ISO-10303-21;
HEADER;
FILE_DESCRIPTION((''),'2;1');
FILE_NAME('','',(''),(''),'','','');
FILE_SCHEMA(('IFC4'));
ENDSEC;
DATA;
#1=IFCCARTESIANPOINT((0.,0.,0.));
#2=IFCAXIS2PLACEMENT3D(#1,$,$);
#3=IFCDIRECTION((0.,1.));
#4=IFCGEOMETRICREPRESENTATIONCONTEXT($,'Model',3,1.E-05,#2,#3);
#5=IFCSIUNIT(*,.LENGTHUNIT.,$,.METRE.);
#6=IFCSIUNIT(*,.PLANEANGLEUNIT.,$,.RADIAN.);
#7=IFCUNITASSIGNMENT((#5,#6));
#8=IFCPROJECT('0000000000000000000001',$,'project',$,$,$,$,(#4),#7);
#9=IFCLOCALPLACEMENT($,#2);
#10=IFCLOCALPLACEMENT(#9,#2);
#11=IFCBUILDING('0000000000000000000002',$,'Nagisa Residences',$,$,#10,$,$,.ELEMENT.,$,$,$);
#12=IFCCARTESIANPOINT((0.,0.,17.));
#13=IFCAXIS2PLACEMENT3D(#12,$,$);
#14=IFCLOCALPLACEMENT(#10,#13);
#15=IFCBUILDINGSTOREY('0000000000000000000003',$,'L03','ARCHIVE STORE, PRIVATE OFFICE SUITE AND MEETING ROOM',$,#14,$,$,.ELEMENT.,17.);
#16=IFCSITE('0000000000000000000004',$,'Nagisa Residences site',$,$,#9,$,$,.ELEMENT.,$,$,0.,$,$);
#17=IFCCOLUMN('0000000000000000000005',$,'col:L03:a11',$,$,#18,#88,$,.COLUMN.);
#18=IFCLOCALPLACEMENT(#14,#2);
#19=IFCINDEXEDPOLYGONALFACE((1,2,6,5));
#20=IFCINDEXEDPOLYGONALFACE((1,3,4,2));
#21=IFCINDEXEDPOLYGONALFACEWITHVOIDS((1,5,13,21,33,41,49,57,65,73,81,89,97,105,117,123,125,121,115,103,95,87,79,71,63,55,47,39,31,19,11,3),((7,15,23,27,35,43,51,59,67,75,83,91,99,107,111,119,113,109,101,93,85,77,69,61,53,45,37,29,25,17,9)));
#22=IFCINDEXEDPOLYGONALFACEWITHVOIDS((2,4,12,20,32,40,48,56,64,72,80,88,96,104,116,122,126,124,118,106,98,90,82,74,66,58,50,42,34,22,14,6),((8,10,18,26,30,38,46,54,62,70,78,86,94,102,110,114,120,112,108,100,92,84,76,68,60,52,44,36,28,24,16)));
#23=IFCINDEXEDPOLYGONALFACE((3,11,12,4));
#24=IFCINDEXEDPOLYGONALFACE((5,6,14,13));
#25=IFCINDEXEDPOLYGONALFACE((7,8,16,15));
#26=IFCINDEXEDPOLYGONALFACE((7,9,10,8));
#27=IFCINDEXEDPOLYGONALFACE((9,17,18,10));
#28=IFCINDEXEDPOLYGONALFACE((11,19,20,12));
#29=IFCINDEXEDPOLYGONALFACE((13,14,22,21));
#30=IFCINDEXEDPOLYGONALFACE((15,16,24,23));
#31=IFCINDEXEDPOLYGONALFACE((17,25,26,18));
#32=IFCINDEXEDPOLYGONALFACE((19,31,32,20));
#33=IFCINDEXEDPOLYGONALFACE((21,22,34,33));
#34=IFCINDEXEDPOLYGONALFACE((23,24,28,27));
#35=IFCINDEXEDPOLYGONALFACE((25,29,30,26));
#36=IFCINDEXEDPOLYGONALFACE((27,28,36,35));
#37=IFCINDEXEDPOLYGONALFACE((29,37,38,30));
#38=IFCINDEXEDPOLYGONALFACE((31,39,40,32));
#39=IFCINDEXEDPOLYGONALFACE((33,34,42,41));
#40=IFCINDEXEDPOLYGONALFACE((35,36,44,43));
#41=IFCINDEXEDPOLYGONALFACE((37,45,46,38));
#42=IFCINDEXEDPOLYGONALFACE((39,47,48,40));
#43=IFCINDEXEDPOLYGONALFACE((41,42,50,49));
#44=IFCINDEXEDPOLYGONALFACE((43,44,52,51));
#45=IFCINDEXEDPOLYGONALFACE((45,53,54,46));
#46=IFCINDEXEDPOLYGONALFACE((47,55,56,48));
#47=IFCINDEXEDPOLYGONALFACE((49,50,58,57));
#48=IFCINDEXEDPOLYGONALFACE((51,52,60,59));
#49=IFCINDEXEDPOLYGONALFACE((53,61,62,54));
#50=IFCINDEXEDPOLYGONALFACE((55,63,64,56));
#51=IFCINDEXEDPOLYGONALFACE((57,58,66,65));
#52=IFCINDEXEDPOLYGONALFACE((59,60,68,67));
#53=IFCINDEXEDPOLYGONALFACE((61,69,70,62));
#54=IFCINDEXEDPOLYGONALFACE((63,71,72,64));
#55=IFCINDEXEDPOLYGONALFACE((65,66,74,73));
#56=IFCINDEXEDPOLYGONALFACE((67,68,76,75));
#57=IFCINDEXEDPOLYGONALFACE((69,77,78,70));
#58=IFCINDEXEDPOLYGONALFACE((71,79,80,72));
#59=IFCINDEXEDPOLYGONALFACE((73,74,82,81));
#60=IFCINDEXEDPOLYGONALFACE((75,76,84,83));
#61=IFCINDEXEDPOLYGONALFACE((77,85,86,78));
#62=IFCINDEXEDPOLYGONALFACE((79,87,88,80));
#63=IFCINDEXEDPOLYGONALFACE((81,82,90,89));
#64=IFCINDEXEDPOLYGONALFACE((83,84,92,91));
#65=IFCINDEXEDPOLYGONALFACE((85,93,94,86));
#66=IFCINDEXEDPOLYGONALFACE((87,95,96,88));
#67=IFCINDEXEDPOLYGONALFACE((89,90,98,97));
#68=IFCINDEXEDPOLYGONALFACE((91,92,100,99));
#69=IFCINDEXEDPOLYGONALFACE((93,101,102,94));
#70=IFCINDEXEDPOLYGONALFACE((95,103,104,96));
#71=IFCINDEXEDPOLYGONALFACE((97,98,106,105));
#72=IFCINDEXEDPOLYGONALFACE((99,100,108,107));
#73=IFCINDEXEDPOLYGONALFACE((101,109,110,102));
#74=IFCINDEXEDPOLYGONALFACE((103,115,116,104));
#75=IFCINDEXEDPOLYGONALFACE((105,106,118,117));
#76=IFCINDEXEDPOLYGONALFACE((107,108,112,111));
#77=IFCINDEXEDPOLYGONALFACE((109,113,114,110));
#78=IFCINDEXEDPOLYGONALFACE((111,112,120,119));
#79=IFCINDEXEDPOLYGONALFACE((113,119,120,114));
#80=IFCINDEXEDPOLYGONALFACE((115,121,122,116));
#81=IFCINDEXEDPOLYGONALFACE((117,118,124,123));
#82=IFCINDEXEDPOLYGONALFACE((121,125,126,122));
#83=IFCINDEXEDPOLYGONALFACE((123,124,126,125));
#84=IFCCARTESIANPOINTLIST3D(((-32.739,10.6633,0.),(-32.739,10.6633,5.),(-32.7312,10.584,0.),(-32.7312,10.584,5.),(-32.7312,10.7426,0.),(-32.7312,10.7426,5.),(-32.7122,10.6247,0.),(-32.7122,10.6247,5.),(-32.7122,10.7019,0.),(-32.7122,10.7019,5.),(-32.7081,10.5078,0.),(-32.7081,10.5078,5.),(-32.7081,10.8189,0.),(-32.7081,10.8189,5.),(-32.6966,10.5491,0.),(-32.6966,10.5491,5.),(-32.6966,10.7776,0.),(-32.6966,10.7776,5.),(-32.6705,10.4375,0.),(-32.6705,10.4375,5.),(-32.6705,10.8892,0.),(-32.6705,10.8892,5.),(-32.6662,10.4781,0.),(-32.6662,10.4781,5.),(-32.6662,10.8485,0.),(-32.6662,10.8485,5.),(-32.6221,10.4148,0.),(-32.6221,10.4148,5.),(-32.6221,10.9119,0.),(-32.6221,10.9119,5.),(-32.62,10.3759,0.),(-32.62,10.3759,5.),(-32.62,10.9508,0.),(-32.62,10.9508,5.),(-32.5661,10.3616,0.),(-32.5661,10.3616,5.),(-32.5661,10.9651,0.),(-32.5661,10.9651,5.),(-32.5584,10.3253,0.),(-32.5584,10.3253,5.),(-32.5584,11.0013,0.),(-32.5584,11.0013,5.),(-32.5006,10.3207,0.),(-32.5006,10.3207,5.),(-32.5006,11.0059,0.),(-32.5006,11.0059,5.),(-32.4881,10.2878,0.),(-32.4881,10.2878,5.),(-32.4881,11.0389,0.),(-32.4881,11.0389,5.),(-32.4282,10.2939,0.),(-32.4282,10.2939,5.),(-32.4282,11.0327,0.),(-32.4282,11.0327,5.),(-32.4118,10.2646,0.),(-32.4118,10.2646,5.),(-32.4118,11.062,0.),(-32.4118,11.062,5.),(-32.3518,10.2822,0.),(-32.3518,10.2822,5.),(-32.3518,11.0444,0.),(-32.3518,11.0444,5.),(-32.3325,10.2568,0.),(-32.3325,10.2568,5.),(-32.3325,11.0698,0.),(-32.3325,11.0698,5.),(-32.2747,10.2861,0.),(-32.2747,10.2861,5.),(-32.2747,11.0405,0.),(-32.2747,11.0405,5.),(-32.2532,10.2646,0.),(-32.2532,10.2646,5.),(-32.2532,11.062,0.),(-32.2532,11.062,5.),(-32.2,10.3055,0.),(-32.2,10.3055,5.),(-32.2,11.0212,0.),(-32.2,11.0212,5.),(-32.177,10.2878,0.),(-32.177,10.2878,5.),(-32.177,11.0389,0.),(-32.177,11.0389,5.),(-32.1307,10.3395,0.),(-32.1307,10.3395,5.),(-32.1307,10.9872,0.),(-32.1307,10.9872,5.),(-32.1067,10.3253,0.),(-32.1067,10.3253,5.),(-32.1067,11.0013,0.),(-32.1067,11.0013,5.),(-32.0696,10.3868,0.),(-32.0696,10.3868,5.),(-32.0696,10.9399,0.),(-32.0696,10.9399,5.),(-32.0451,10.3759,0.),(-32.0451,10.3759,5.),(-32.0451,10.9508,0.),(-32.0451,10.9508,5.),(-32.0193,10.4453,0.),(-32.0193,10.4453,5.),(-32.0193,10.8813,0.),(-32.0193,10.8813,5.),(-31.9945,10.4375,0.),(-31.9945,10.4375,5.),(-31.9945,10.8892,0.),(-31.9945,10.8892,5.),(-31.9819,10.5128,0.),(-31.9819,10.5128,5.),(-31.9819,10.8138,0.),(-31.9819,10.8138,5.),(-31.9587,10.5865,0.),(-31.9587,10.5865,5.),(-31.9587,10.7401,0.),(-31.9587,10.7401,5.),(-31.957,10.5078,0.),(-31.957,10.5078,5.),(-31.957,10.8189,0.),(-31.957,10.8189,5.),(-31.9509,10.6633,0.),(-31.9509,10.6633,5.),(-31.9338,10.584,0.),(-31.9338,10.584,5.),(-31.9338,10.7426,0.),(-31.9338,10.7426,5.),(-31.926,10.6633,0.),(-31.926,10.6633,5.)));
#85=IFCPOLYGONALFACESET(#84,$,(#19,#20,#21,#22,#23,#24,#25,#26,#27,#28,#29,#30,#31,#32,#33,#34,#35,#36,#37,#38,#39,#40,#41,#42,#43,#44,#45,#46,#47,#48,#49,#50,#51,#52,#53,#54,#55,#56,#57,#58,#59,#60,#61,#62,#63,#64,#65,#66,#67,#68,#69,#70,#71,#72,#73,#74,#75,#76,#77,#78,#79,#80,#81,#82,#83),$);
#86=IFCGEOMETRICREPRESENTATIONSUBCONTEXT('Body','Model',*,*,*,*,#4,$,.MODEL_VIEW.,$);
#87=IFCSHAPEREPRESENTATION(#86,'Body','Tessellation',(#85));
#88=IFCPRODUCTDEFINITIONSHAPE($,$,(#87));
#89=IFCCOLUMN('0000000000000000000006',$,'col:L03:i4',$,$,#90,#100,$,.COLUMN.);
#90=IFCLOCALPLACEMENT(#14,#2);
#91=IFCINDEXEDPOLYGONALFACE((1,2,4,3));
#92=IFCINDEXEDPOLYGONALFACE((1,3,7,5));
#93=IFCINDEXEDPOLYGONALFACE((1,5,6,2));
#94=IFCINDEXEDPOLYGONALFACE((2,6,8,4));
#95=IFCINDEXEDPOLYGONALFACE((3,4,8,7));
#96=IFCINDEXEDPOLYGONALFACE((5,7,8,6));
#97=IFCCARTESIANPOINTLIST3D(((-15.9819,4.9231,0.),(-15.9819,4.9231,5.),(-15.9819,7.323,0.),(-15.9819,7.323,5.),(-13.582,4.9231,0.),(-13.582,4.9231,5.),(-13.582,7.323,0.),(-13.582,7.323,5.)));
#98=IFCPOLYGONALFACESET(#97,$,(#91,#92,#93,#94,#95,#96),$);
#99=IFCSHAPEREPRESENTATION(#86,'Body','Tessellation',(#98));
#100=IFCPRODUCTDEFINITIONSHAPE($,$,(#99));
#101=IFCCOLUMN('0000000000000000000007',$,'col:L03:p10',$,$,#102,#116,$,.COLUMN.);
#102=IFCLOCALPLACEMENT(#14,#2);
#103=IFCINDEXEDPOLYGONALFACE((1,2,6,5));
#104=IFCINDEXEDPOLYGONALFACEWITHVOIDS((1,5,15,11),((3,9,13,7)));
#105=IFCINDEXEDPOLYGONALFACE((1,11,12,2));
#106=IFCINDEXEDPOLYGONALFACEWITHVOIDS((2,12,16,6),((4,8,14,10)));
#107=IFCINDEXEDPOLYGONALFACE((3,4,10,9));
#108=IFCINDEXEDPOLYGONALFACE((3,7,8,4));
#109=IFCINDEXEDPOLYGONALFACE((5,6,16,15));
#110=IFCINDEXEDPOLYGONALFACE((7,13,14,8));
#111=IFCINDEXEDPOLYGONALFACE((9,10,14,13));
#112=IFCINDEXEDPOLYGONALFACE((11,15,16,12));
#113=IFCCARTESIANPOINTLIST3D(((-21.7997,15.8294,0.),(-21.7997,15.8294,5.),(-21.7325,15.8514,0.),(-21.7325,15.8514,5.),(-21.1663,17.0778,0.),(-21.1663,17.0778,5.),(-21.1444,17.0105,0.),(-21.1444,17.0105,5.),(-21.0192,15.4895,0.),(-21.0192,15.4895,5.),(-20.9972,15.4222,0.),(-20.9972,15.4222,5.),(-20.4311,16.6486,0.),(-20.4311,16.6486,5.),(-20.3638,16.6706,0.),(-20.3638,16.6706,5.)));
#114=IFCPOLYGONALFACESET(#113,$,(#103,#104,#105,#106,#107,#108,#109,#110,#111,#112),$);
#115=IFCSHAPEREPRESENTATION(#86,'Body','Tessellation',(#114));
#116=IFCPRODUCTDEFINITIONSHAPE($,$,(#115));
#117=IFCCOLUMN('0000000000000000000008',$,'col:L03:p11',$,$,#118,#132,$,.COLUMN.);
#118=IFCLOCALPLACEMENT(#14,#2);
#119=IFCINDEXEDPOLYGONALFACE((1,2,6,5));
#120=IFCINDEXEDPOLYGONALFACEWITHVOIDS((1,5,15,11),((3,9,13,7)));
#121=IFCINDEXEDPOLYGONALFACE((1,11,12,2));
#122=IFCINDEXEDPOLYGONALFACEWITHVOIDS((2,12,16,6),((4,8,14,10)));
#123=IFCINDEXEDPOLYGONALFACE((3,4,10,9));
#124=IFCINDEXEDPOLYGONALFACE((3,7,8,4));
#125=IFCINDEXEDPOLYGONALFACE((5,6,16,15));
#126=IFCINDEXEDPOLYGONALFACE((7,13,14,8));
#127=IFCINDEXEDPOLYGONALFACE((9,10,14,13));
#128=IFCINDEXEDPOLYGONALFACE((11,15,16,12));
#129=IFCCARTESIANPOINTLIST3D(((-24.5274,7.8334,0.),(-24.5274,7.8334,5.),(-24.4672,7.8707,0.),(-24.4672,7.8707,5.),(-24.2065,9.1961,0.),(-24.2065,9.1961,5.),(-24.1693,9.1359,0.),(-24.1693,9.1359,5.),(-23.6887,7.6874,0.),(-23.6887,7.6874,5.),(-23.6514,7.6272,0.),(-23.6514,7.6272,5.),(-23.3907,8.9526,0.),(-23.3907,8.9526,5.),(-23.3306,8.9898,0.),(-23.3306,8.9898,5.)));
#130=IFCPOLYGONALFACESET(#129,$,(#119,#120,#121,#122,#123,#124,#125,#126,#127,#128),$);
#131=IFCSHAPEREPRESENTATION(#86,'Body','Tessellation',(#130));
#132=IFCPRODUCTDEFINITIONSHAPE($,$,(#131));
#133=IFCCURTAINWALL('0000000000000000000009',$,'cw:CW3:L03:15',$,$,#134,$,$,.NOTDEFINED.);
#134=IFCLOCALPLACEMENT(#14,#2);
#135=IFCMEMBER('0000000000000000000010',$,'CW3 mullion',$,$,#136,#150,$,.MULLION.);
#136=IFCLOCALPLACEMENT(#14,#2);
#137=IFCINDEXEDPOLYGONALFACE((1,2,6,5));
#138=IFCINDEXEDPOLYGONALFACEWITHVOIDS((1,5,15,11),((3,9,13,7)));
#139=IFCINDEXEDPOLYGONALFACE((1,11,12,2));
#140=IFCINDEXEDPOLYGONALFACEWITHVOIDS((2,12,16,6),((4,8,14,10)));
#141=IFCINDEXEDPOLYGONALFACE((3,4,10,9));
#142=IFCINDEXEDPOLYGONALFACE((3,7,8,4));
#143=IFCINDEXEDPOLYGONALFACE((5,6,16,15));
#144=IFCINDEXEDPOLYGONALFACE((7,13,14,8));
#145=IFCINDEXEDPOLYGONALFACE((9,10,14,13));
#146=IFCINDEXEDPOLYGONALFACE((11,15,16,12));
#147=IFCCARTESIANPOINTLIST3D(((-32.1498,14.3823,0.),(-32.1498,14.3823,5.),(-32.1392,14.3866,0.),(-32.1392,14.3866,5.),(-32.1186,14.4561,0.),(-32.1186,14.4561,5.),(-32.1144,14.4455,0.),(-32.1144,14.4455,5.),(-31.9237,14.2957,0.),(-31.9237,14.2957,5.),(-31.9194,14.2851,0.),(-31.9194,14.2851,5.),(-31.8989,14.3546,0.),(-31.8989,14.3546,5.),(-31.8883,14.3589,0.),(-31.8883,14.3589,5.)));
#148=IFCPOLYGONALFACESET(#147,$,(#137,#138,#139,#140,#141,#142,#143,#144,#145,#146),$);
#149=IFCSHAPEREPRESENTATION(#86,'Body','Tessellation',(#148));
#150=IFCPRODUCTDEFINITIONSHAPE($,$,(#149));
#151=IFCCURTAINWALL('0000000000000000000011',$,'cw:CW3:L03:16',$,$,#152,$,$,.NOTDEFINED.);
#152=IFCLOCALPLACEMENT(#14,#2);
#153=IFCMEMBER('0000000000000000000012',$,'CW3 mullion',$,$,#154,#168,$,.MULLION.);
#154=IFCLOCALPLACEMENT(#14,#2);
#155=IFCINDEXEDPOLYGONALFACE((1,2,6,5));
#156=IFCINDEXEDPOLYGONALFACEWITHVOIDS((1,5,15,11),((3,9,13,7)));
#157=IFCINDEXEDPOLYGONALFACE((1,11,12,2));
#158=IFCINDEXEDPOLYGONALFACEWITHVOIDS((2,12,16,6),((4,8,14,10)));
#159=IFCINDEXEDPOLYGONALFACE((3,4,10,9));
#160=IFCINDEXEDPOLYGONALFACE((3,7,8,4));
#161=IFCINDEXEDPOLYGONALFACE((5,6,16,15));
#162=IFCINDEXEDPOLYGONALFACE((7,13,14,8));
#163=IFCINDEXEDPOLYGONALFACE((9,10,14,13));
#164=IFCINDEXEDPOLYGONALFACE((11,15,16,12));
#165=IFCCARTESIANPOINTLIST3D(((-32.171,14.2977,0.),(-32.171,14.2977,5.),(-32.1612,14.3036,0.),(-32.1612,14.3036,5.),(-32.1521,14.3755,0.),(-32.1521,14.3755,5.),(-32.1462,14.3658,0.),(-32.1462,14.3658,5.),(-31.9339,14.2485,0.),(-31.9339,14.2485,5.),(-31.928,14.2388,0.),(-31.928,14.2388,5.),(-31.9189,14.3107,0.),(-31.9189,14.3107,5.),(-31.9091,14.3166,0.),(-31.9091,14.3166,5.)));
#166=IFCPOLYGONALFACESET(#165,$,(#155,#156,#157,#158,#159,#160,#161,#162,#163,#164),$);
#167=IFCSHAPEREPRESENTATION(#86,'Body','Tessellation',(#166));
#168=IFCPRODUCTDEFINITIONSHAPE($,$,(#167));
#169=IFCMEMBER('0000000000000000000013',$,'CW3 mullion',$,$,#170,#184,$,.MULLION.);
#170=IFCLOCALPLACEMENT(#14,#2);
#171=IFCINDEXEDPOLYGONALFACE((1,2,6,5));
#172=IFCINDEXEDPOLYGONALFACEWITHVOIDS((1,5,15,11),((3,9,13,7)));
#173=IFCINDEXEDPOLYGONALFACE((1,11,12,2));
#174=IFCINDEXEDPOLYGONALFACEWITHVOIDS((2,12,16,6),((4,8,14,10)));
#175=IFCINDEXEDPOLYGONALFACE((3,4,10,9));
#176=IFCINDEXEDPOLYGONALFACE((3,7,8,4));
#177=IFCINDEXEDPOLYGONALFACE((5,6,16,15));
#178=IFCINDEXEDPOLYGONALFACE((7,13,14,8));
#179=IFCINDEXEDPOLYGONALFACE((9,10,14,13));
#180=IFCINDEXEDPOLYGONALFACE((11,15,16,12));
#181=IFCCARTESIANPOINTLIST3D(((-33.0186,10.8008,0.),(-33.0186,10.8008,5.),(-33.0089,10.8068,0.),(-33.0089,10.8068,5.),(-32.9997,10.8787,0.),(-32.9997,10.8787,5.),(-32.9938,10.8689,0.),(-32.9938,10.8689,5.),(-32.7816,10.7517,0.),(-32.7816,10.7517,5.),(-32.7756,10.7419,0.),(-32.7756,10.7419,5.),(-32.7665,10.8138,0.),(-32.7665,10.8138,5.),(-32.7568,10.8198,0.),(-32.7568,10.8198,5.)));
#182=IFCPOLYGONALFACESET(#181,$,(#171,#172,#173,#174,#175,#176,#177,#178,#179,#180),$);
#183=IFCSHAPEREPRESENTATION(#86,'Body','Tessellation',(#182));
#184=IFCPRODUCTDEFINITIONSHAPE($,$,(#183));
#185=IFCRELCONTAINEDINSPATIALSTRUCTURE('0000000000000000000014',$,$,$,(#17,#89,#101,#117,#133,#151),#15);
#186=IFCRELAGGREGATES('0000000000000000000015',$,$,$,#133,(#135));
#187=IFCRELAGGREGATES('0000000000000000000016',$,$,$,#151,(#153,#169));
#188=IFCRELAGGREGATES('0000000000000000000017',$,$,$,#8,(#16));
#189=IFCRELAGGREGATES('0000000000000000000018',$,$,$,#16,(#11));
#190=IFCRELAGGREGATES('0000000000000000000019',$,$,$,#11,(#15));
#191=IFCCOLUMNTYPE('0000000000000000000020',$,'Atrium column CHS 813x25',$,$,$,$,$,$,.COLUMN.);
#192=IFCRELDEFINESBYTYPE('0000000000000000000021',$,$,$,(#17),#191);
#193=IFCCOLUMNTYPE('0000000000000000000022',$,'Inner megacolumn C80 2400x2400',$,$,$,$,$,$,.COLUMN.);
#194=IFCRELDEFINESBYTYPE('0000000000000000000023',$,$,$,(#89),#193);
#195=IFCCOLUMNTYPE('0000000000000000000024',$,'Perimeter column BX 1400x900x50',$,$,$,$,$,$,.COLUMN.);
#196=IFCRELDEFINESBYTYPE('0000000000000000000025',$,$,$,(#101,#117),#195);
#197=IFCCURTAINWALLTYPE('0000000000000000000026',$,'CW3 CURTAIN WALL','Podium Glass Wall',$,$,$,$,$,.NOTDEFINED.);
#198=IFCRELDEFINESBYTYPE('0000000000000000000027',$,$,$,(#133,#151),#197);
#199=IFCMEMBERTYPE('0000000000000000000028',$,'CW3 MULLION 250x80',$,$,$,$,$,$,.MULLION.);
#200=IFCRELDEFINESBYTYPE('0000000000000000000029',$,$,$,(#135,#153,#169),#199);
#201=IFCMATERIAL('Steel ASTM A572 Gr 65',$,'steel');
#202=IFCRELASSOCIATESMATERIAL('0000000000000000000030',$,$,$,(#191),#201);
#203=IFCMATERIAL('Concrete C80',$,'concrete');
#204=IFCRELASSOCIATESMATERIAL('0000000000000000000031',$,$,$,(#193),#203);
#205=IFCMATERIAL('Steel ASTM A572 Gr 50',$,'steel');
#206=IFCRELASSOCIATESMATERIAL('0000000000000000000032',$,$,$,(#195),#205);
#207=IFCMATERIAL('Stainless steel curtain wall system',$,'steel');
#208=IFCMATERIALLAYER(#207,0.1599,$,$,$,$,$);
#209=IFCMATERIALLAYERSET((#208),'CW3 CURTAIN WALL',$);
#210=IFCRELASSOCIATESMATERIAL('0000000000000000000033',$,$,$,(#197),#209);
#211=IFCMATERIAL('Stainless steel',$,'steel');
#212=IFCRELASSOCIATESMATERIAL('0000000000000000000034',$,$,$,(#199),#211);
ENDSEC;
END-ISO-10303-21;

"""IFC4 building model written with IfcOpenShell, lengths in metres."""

from ifc_helpers import new_model, si_unit, direction, frame, origin, origin_2d, place, context, subcontext, project, spatial, rectangle, hollow_rectangle, hollow_circle, extrude, material, layer, layer_set, material_profile, profile_set, type_object, element, aggregate, save


model = new_model("IFC4")

# Units and contexts
model_context = context("Model", 3, precision=1e-05, world=origin(), true_north=direction((0.0, 1.0)))
body_context = subcontext(model_context, "Body", "Model", "MODEL_VIEW")
ifc_project = project(units=[si_unit("LENGTHUNIT", "METRE"), si_unit("PLANEANGLEUNIT", "RADIAN")], contexts=[model_context])

# Site, building, storey
site_placement = place(None, origin())
site = spatial("IfcSite", under=ifc_project, at=site_placement, Name="Nagisa Residences site", CompositionType="ELEMENT", RefElevation=0.0)
building_placement = place(site_placement, origin())
building = spatial("IfcBuilding", under=site, at=building_placement, Name="Nagisa Residences", CompositionType="ELEMENT")
storey_placement = place(building_placement, frame((0.0, 0.0, 17.0)))
storey = spatial("IfcBuildingStorey", under=building, at=storey_placement, Name="L03", Description="ARCHIVE STORE, PRIVATE OFFICE SUITE AND MEETING ROOM", CompositionType="ELEMENT", Elevation=17.0)

# Columns
ifc_material_1 = material(Name="Steel ASTM A572 Gr 65", Category="steel")
ifc_material_profile_1 = material_profile(ifc_material_1, hollow_circle(Radius=0.4065, WallThickness=0.0249, at=origin_2d()), Name="CHS 813x25")
ifc_profile_set_1 = profile_set([ifc_material_profile_1], Name="Steel ASTM A572 Gr 65")
column_type_1 = type_object("IfcColumnType", Name="Atrium column CHS 813x25", PredefinedType="COLUMN", material=ifc_profile_set_1)
column_1_placement = place(storey_placement, frame((-32.3325, 10.6633, 0.0), z_axis=(0.0, 0.0, 1.0), x_axis=(1.0, 0.0, 0.0)))
element("IfcColumn", 1, at=column_1_placement, inside=storey, type_object=column_type_1, Name="col:L03:a11", PredefinedType="COLUMN", context=body_context, shape_type="SweptSolid", body=[
    extrude(hollow_circle(Radius=0.4065, WallThickness=0.0249, at=origin_2d()), origin(), (0.0, 0.0, 1.0), 5.0),
])
ifc_material_2 = material(Name="Concrete C80", Category="concrete")
ifc_material_profile_2 = material_profile(ifc_material_2, rectangle(XDim=2.3999, YDim=2.3999, at=origin_2d()), Name="C80 2400x2400")
ifc_profile_set_2 = profile_set([ifc_material_profile_2], Name="Concrete C80")
column_type_2 = type_object("IfcColumnType", Name="Inner megacolumn C80 2400x2400", PredefinedType="COLUMN", material=ifc_profile_set_2)
column_2_placement = place(storey_placement, frame((-14.782, 6.123, 0.0), z_axis=(0.0, 0.0, 1.0), x_axis=(1.0, 0.0, 0.0)))
element("IfcColumn", 2, at=column_2_placement, inside=storey, type_object=column_type_2, Name="col:L03:i4", PredefinedType="COLUMN", context=body_context, shape_type="SweptSolid", body=[
    extrude(rectangle(XDim=2.3999, YDim=2.3999, at=origin_2d()), origin(), (0.0, 0.0, 1.0), 5.0),
])
ifc_material_3 = material(Name="Steel ASTM A572 Gr 50", Category="steel")
ifc_material_profile_3 = material_profile(ifc_material_3, hollow_rectangle(XDim=1.3999, YDim=0.8999, WallThickness=0.05, at=origin_2d()), Name="BX 1400x900x50")
ifc_profile_set_3 = profile_set([ifc_material_profile_3], Name="Steel ASTM A572 Gr 50")
column_type_3 = type_object("IfcColumnType", Name="Perimeter column BX 1400x900x50", PredefinedType="COLUMN", material=ifc_profile_set_3)
for number, where, z_axis, x_axis, name in (
    (3, (-21.0818, 16.25, 0.0), (0.0, 0.0, 1.0), (-0.452463, -0.891783, 0.0), "col:L03:p10"),
    (4, (-23.929, 8.4116, 0.0), (0.0, 0.0, 1.0), (-0.229202, -0.973379, 0.0), "col:L03:p11"),
):
    element("IfcColumn", number, at=place(storey_placement, frame(where, z_axis=z_axis, x_axis=x_axis)), inside=storey, type_object=column_type_3, Name=name, PredefinedType="COLUMN", context=body_context, shape_type="SweptSolid", body=[
        extrude(hollow_rectangle(XDim=1.3999, YDim=0.8999, WallThickness=0.05, at=origin_2d()), origin(), (0.0, 0.0, 1.0), 5.0),
    ])

# Curtain wall, member
ifc_material_4 = material(Name="Stainless steel curtain wall system", Category="steel")
ifc_layer_1 = layer(ifc_material_4, 0.1599)
ifc_layer_set_1 = layer_set([ifc_layer_1], Name="CW3 CURTAIN WALL")
curtain_wall_type_1 = type_object("IfcCurtainWallType", Name="CW3 CURTAIN WALL", Description="Podium Glass Wall", PredefinedType="NOTDEFINED", material=ifc_layer_set_1)
curtain_wall_1_placement = place(storey_placement, origin())
curtain_wall_1 = element("IfcCurtainWall", 5, at=curtain_wall_1_placement, inside=storey, type_object=curtain_wall_type_1, Name="cw:CW3:L03:15", PredefinedType="NOTDEFINED")
ifc_material_5 = material(Name="Stainless steel", Category="steel")
ifc_material_profile_4 = material_profile(ifc_material_5, hollow_rectangle(XDim=0.25, YDim=0.0801, WallThickness=0.0081, at=origin_2d()), Name="CW3 MULLION 250x80")
ifc_profile_set_4 = profile_set([ifc_material_profile_4], Name="Stainless steel")
member_type_1 = type_object("IfcMemberType", Name="CW3 MULLION 250x80", PredefinedType="MULLION", material=ifc_profile_set_4)
member_1_placement = place(storey_placement, frame((-32.019, 14.3706, 0.0), z_axis=(0.0, 0.0, 1.0), x_axis=(0.921357, -0.388718, 0.0)))
member_1 = element("IfcMember", 6, at=member_1_placement, type_object=member_type_1, Name="CW3 mullion", PredefinedType="MULLION", context=body_context, shape_type="SweptSolid", body=[
    extrude(hollow_rectangle(XDim=0.25, YDim=0.0801, WallThickness=0.0081, at=origin_2d()), origin(), (0.0, 0.0, 1.0), 5.0),
])

# Curtain wall, members
curtain_wall_2_placement = place(storey_placement, origin())
curtain_wall_2 = element("IfcCurtainWall", 7, at=curtain_wall_2_placement, inside=storey, type_object=curtain_wall_type_1, Name="cw:CW3:L03:16", PredefinedType="NOTDEFINED")
member_2_placement = place(storey_placement, frame((-32.04, 14.3071, 0.0), z_axis=(0.0, 0.0, 1.0), x_axis=(0.971849, -0.235606, 0.0)))
member_2 = element("IfcMember", 8, at=member_2_placement, type_object=member_type_1, Name="CW3 mullion", PredefinedType="MULLION", context=body_context, shape_type="SweptSolid", body=[
    extrude(hollow_rectangle(XDim=0.25, YDim=0.0801, WallThickness=0.0081, at=origin_2d()), origin(), (0.0, 0.0, 1.0), 5.0),
])
member_3_placement = place(storey_placement, frame((-32.8877, 10.8103, 0.0), z_axis=(0.0, 0.0, 1.0), x_axis=(0.971849, -0.235606, 0.0)))
member_3 = element("IfcMember", 9, at=member_3_placement, type_object=member_type_1, Name="CW3 mullion", PredefinedType="MULLION", context=body_context, shape_type="SweptSolid", body=[
    extrude(hollow_rectangle(XDim=0.25, YDim=0.0801, WallThickness=0.0081, at=origin_2d()), origin(), (0.0, 0.0, 1.0), 5.0),
])

aggregate(curtain_wall_1, [member_1])
aggregate(curtain_wall_2, [member_2, member_3])

save(model, "model.ifc")
